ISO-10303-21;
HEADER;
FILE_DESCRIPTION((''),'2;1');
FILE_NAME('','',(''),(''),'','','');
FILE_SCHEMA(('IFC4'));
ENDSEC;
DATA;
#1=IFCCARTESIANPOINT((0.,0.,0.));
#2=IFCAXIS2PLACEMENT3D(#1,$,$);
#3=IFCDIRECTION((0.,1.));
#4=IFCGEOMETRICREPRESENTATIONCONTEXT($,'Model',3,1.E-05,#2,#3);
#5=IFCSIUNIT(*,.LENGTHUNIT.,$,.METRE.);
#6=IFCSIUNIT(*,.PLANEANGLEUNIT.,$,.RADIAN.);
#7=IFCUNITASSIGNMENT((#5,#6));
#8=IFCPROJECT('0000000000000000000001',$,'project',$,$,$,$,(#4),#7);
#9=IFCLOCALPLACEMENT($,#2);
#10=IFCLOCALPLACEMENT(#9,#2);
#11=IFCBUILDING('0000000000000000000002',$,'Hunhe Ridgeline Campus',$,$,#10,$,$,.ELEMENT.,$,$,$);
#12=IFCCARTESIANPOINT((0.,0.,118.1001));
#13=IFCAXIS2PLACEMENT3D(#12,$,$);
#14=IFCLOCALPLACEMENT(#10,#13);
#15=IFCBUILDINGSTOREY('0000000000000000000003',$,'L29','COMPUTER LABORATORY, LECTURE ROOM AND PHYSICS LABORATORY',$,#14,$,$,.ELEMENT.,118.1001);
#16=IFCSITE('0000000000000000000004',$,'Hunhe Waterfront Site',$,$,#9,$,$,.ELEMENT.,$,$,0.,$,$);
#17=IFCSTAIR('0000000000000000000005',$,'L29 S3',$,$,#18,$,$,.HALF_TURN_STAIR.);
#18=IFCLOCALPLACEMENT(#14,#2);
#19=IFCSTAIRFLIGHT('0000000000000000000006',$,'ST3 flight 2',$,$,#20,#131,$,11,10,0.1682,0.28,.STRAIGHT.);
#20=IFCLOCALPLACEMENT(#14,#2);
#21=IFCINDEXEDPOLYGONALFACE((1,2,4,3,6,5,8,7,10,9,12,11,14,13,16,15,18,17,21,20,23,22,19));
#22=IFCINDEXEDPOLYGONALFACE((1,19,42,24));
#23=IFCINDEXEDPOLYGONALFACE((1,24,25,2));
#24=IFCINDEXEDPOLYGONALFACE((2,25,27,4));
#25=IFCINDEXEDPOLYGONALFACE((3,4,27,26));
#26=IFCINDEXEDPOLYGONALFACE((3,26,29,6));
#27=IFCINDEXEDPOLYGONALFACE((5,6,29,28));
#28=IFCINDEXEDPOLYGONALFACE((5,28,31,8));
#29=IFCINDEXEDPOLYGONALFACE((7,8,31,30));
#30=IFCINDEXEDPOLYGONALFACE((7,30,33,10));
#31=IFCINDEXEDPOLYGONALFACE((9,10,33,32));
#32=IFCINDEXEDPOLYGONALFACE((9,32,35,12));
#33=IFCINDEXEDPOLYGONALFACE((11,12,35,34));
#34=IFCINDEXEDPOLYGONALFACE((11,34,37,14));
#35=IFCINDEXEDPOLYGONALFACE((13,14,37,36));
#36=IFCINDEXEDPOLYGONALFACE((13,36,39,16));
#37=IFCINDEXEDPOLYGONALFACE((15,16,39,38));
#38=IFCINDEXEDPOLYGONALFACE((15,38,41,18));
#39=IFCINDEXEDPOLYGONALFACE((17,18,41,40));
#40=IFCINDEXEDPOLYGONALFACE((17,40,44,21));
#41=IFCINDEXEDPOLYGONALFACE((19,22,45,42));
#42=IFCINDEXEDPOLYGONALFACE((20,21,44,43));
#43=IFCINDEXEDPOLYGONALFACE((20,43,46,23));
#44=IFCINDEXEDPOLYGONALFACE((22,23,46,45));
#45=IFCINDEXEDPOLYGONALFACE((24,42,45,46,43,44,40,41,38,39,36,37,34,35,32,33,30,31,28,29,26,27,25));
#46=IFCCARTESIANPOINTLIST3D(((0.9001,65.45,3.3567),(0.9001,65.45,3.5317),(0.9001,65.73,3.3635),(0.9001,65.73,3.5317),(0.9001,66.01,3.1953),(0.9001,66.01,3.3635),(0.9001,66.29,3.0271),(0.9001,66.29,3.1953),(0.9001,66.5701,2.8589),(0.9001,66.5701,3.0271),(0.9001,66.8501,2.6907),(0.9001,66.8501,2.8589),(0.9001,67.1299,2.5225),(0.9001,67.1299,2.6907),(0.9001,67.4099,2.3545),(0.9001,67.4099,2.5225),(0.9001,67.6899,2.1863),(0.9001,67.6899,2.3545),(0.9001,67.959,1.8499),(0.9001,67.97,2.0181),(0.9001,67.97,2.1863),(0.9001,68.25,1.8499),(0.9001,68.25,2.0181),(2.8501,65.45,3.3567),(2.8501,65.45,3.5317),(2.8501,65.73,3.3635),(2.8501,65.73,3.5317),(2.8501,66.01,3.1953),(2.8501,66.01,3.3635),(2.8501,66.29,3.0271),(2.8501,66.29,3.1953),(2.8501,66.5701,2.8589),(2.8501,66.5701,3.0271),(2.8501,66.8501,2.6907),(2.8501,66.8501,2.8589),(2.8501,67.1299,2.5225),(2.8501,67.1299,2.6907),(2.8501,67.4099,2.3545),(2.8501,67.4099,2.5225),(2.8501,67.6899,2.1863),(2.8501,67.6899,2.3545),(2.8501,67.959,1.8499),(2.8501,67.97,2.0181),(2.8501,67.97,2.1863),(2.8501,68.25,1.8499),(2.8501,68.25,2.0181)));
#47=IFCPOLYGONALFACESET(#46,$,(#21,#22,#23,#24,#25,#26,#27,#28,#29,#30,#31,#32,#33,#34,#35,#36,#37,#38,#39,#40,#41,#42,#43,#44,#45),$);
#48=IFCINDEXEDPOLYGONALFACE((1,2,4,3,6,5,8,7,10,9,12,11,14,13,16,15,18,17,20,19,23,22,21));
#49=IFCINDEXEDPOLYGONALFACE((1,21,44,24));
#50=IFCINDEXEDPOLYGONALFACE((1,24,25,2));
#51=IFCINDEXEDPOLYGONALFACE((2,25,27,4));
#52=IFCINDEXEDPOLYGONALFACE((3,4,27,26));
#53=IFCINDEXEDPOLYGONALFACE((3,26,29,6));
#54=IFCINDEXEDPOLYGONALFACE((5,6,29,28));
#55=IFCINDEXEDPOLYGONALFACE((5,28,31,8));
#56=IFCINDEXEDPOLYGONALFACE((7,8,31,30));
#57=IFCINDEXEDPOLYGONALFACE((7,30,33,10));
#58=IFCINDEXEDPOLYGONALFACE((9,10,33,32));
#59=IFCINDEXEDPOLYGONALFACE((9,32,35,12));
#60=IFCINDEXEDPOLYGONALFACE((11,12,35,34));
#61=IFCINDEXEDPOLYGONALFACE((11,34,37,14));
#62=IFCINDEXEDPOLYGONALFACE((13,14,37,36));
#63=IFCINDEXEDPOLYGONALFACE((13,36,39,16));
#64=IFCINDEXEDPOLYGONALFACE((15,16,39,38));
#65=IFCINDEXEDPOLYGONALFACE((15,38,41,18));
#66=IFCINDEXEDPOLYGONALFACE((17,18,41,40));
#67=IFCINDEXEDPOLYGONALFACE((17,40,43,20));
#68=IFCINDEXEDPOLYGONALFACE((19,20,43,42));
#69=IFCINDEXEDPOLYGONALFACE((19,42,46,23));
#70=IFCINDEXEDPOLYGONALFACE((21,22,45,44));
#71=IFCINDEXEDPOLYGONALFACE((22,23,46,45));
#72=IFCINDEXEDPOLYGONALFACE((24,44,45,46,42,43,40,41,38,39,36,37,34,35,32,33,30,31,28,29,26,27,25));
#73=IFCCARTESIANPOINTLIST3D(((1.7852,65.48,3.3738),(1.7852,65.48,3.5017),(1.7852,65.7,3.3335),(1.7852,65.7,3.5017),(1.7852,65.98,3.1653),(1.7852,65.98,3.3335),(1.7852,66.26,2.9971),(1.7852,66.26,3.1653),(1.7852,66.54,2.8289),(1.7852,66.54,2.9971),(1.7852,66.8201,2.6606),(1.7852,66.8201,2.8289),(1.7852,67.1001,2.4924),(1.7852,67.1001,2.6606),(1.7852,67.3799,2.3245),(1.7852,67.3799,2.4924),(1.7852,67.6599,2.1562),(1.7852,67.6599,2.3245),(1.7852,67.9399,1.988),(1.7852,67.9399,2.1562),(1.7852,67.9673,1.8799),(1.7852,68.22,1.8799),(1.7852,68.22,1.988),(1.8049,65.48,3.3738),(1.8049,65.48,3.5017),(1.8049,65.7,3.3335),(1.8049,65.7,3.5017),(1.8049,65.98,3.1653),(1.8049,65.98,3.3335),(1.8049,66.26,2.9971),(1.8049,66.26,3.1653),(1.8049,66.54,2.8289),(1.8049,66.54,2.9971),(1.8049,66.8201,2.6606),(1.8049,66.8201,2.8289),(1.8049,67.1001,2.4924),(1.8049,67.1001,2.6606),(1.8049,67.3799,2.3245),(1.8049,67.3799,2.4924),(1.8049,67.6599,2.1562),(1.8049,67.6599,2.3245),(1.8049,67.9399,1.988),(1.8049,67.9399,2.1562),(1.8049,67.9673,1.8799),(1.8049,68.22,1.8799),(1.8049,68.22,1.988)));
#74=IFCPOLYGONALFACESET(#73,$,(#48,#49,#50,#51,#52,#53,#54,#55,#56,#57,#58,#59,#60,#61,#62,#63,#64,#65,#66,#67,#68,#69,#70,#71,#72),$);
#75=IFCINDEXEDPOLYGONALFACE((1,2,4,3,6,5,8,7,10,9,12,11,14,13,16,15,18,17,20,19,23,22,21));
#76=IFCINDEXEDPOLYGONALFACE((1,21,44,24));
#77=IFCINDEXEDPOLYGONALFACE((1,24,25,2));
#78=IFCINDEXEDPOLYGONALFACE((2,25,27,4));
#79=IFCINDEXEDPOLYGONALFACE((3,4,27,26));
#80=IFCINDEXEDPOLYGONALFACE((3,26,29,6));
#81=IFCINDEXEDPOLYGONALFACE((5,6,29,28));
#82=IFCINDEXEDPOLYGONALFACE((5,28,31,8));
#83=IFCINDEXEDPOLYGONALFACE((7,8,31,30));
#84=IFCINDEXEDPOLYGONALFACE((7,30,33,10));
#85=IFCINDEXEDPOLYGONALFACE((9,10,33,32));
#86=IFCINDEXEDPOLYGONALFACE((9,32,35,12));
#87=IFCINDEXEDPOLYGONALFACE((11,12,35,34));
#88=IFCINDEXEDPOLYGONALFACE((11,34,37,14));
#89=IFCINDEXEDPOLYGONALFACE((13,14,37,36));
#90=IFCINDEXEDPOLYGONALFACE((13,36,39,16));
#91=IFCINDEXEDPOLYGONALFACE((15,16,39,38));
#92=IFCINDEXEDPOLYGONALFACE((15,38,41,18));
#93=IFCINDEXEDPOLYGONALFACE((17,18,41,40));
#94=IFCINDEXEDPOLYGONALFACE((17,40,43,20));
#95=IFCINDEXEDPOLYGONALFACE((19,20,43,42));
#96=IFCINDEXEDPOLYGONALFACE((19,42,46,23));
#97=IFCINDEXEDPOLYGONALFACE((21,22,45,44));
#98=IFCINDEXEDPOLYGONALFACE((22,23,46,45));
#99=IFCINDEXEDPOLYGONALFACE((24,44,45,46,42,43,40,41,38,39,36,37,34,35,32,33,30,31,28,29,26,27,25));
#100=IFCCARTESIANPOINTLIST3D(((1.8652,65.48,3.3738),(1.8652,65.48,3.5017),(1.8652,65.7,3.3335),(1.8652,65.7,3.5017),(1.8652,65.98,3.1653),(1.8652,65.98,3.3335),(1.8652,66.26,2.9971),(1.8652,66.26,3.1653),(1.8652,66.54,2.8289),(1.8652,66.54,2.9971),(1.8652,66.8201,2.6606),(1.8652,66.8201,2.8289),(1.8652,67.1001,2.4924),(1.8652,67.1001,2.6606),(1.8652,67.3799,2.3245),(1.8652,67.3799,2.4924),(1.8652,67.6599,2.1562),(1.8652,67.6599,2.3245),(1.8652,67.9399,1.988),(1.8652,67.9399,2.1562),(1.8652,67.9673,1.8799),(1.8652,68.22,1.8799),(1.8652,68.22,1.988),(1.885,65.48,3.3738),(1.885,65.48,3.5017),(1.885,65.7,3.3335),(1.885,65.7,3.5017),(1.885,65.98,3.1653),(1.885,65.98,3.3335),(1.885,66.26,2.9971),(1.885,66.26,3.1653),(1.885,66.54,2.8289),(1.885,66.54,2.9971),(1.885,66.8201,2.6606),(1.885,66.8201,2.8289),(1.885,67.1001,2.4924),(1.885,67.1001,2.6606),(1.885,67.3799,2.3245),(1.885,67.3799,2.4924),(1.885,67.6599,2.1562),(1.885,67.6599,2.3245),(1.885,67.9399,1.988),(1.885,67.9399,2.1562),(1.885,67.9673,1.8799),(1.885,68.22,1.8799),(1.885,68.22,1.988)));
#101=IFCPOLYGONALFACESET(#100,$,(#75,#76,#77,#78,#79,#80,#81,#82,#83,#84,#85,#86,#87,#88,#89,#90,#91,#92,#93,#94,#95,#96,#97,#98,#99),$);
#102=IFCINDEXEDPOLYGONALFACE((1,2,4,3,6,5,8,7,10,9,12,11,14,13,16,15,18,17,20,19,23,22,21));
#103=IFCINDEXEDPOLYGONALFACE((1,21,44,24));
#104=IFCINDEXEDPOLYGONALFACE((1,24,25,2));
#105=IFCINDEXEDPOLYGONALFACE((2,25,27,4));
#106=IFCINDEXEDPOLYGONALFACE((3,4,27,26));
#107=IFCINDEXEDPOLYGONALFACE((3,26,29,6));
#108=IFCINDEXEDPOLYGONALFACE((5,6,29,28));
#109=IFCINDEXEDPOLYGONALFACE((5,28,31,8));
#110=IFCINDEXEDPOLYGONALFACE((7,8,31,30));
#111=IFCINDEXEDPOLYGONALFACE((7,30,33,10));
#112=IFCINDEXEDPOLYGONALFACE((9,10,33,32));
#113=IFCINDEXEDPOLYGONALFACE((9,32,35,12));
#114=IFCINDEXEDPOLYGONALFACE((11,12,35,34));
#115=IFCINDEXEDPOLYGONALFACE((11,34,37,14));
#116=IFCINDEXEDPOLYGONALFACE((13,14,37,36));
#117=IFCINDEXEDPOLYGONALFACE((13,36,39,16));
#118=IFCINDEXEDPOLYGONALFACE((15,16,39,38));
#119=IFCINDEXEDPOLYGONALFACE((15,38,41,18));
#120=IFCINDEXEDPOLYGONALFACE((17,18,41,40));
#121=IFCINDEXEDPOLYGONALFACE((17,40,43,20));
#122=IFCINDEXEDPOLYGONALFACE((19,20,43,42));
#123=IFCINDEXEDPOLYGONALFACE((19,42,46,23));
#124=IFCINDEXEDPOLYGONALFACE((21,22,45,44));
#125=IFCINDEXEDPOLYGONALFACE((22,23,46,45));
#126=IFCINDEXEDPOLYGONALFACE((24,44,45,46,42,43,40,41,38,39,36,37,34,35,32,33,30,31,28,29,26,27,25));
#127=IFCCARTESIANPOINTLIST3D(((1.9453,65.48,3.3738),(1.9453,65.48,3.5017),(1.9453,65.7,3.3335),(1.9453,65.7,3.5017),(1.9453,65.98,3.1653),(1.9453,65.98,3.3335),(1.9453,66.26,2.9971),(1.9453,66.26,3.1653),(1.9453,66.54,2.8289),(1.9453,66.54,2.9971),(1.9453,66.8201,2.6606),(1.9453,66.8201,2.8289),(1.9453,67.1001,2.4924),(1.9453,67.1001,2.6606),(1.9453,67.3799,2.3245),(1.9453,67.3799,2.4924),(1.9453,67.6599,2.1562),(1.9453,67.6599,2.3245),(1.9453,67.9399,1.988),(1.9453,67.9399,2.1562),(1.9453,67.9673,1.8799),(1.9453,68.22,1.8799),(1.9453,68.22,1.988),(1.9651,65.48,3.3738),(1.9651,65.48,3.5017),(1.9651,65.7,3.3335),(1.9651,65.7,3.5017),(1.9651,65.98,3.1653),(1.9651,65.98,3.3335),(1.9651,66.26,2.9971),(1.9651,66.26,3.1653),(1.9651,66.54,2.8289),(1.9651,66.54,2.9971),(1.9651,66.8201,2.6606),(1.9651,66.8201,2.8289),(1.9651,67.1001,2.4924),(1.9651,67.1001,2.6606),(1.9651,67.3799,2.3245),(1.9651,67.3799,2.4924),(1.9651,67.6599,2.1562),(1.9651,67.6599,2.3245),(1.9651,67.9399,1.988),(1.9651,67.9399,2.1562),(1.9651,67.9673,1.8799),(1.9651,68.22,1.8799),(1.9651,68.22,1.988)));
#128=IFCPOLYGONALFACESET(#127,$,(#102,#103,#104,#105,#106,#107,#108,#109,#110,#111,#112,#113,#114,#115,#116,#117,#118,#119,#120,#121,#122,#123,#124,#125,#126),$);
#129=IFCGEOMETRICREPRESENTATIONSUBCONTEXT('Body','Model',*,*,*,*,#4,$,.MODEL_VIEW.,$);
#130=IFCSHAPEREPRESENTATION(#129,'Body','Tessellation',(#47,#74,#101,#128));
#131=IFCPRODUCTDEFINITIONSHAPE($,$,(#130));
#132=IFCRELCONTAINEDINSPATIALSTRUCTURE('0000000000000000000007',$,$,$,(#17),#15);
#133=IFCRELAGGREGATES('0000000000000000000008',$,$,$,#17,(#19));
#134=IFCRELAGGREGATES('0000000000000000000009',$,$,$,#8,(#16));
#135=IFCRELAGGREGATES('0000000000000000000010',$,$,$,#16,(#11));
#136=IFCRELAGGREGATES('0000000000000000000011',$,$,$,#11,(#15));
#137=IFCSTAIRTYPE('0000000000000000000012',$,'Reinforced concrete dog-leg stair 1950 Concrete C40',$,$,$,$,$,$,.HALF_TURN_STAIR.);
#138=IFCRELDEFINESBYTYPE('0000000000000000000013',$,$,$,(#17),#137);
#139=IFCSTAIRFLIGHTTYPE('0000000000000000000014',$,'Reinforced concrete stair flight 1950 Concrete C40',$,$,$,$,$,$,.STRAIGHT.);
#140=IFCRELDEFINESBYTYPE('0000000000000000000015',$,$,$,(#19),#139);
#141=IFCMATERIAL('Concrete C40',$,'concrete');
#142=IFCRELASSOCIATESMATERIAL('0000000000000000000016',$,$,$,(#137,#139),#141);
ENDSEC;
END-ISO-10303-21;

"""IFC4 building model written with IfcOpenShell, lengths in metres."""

from ifc_helpers import new_model, si_unit, direction, frame, origin, place, context, subcontext, project, spatial, polyline, outline, extrude, material, type_object, element, aggregate, save


model = new_model("IFC4")

# Units and contexts
model_context = context("Model", 3, precision=1e-05, world=origin(), true_north=direction((0.0, 1.0)))
body_context = subcontext(model_context, "Body", "Model", "MODEL_VIEW")
ifc_project = project(units=[si_unit("LENGTHUNIT", "METRE"), si_unit("PLANEANGLEUNIT", "RADIAN")], contexts=[model_context])

# Site, building, storey
site_placement = place(None, origin())
site = spatial("IfcSite", under=ifc_project, at=site_placement, Name="Hunhe Waterfront Site", CompositionType="ELEMENT", RefElevation=0.0)
building_placement = place(site_placement, origin())
building = spatial("IfcBuilding", under=site, at=building_placement, Name="Hunhe Ridgeline Campus", CompositionType="ELEMENT")
storey_placement = place(building_placement, frame((0.0, 0.0, 118.1001)))
storey = spatial("IfcBuildingStorey", under=building, at=storey_placement, Name="L29", Description="COMPUTER LABORATORY, LECTURE ROOM AND PHYSICS LABORATORY", CompositionType="ELEMENT", Elevation=118.1001)

# Stair, stair flight
ifc_material_1 = material(Name="Concrete C40", Category="concrete")
stair_type = type_object("IfcStairType", Name="Reinforced concrete dog-leg stair 1950 Concrete C40", PredefinedType="HALF_TURN_STAIR", material=ifc_material_1)
stair_1_placement = place(storey_placement, origin())
stair_1 = element("IfcStair", 1, at=stair_1_placement, inside=storey, type_object=stair_type, Name="L29 S3", PredefinedType="HALF_TURN_STAIR")
stair_flight_type = type_object("IfcStairFlightType", Name="Reinforced concrete stair flight 1950 Concrete C40", PredefinedType="STRAIGHT", material=ifc_material_1)
stair_flight_1_placement = place(storey_placement, frame((1.875, 68.25, 1.8499), z_axis=(0.0, 0.0, 1.0), x_axis=(0.0, -1.0, 0.0)))
stair_flight_1 = element("IfcStairFlight", 2, at=stair_flight_1_placement, type_object=stair_flight_type, Name="ST3 flight 2", NumberOfRisers=11, NumberOfTreads=10, PredefinedType="STRAIGHT", RiserHeight=0.1682, TreadLength=0.28, context=body_context, shape_type="SweptSolid", body=[
    extrude(outline(polyline([(0.0, 0.0), (0.0, 0.1682), (0.28, 0.1682), (0.28, 0.3364), (0.5601, 0.3364), (0.5601, 0.5046), (0.8401, 0.5046), (0.8401, 0.6726), (1.1201, 0.6726), (1.1201, 0.8408), (1.3999, 0.8408), (1.3999, 1.009), (1.6799, 1.009), (1.6799, 1.1772), (1.96, 1.1772), (1.96, 1.3455), (2.24, 1.3455), (2.24, 1.5137), (2.52, 1.5137), (2.52, 1.6819), (2.8, 1.6819), (2.8, 1.8501), (2.8, 1.5068), (0.291, 0.0), (0.0, 0.0)])), frame((0.0, 0.9751, 0.0), z_axis=(0.0, -1.0, 0.0), x_axis=(1.0, 0.0, 0.0)), (0.0, 0.0, 1.0), 1.95),
    extrude(outline(polyline([(0.03, 0.03), (0.03, 0.1382), (0.3101, 0.1382), (0.3101, 0.3064), (0.5901, 0.3064), (0.5901, 0.4746), (0.8701, 0.4746), (0.8701, 0.6426), (1.1499, 0.6426), (1.1499, 0.8108), (1.4299, 0.8108), (1.4299, 0.979), (1.71, 0.979), (1.71, 1.1472), (1.99, 1.1472), (1.99, 1.3154), (2.27, 1.3154), (2.27, 1.4836), (2.55, 1.4836), (2.55, 1.6519), (2.77, 1.6519), (2.77, 1.5239), (0.2827, 0.03), (0.03, 0.03)])), frame((0.0, -0.0701, 0.0), z_axis=(0.0, -1.0, 0.0), x_axis=(1.0, 0.0, 0.0)), (0.0, 0.0, 1.0), 0.0198),
    extrude(outline(polyline([(0.03, 0.03), (0.03, 0.1382), (0.3101, 0.1382), (0.3101, 0.3064), (0.5901, 0.3064), (0.5901, 0.4746), (0.8701, 0.4746), (0.8701, 0.6426), (1.1499, 0.6426), (1.1499, 0.8108), (1.4299, 0.8108), (1.4299, 0.979), (1.71, 0.979), (1.71, 1.1472), (1.99, 1.1472), (1.99, 1.3154), (2.27, 1.3154), (2.27, 1.4836), (2.55, 1.4836), (2.55, 1.6519), (2.77, 1.6519), (2.77, 1.5239), (0.2827, 0.03), (0.03, 0.03)])), frame((0.0, 0.01, 0.0), z_axis=(0.0, -1.0, 0.0), x_axis=(1.0, 0.0, 0.0)), (0.0, 0.0, 1.0), 0.0198),
    extrude(outline(polyline([(0.03, 0.03), (0.03, 0.1382), (0.3101, 0.1382), (0.3101, 0.3064), (0.5901, 0.3064), (0.5901, 0.4746), (0.8701, 0.4746), (0.8701, 0.6426), (1.1499, 0.6426), (1.1499, 0.8108), (1.4299, 0.8108), (1.4299, 0.979), (1.71, 0.979), (1.71, 1.1472), (1.99, 1.1472), (1.99, 1.3154), (2.27, 1.3154), (2.27, 1.4836), (2.55, 1.4836), (2.55, 1.6519), (2.77, 1.6519), (2.77, 1.5239), (0.2827, 0.03), (0.03, 0.03)])), frame((0.0, 0.0901, 0.0), z_axis=(0.0, -1.0, 0.0), x_axis=(1.0, 0.0, 0.0)), (0.0, 0.0, 1.0), 0.0198),
])
aggregate(stair_1, [stair_flight_1])

save(model, "model.ifc")
